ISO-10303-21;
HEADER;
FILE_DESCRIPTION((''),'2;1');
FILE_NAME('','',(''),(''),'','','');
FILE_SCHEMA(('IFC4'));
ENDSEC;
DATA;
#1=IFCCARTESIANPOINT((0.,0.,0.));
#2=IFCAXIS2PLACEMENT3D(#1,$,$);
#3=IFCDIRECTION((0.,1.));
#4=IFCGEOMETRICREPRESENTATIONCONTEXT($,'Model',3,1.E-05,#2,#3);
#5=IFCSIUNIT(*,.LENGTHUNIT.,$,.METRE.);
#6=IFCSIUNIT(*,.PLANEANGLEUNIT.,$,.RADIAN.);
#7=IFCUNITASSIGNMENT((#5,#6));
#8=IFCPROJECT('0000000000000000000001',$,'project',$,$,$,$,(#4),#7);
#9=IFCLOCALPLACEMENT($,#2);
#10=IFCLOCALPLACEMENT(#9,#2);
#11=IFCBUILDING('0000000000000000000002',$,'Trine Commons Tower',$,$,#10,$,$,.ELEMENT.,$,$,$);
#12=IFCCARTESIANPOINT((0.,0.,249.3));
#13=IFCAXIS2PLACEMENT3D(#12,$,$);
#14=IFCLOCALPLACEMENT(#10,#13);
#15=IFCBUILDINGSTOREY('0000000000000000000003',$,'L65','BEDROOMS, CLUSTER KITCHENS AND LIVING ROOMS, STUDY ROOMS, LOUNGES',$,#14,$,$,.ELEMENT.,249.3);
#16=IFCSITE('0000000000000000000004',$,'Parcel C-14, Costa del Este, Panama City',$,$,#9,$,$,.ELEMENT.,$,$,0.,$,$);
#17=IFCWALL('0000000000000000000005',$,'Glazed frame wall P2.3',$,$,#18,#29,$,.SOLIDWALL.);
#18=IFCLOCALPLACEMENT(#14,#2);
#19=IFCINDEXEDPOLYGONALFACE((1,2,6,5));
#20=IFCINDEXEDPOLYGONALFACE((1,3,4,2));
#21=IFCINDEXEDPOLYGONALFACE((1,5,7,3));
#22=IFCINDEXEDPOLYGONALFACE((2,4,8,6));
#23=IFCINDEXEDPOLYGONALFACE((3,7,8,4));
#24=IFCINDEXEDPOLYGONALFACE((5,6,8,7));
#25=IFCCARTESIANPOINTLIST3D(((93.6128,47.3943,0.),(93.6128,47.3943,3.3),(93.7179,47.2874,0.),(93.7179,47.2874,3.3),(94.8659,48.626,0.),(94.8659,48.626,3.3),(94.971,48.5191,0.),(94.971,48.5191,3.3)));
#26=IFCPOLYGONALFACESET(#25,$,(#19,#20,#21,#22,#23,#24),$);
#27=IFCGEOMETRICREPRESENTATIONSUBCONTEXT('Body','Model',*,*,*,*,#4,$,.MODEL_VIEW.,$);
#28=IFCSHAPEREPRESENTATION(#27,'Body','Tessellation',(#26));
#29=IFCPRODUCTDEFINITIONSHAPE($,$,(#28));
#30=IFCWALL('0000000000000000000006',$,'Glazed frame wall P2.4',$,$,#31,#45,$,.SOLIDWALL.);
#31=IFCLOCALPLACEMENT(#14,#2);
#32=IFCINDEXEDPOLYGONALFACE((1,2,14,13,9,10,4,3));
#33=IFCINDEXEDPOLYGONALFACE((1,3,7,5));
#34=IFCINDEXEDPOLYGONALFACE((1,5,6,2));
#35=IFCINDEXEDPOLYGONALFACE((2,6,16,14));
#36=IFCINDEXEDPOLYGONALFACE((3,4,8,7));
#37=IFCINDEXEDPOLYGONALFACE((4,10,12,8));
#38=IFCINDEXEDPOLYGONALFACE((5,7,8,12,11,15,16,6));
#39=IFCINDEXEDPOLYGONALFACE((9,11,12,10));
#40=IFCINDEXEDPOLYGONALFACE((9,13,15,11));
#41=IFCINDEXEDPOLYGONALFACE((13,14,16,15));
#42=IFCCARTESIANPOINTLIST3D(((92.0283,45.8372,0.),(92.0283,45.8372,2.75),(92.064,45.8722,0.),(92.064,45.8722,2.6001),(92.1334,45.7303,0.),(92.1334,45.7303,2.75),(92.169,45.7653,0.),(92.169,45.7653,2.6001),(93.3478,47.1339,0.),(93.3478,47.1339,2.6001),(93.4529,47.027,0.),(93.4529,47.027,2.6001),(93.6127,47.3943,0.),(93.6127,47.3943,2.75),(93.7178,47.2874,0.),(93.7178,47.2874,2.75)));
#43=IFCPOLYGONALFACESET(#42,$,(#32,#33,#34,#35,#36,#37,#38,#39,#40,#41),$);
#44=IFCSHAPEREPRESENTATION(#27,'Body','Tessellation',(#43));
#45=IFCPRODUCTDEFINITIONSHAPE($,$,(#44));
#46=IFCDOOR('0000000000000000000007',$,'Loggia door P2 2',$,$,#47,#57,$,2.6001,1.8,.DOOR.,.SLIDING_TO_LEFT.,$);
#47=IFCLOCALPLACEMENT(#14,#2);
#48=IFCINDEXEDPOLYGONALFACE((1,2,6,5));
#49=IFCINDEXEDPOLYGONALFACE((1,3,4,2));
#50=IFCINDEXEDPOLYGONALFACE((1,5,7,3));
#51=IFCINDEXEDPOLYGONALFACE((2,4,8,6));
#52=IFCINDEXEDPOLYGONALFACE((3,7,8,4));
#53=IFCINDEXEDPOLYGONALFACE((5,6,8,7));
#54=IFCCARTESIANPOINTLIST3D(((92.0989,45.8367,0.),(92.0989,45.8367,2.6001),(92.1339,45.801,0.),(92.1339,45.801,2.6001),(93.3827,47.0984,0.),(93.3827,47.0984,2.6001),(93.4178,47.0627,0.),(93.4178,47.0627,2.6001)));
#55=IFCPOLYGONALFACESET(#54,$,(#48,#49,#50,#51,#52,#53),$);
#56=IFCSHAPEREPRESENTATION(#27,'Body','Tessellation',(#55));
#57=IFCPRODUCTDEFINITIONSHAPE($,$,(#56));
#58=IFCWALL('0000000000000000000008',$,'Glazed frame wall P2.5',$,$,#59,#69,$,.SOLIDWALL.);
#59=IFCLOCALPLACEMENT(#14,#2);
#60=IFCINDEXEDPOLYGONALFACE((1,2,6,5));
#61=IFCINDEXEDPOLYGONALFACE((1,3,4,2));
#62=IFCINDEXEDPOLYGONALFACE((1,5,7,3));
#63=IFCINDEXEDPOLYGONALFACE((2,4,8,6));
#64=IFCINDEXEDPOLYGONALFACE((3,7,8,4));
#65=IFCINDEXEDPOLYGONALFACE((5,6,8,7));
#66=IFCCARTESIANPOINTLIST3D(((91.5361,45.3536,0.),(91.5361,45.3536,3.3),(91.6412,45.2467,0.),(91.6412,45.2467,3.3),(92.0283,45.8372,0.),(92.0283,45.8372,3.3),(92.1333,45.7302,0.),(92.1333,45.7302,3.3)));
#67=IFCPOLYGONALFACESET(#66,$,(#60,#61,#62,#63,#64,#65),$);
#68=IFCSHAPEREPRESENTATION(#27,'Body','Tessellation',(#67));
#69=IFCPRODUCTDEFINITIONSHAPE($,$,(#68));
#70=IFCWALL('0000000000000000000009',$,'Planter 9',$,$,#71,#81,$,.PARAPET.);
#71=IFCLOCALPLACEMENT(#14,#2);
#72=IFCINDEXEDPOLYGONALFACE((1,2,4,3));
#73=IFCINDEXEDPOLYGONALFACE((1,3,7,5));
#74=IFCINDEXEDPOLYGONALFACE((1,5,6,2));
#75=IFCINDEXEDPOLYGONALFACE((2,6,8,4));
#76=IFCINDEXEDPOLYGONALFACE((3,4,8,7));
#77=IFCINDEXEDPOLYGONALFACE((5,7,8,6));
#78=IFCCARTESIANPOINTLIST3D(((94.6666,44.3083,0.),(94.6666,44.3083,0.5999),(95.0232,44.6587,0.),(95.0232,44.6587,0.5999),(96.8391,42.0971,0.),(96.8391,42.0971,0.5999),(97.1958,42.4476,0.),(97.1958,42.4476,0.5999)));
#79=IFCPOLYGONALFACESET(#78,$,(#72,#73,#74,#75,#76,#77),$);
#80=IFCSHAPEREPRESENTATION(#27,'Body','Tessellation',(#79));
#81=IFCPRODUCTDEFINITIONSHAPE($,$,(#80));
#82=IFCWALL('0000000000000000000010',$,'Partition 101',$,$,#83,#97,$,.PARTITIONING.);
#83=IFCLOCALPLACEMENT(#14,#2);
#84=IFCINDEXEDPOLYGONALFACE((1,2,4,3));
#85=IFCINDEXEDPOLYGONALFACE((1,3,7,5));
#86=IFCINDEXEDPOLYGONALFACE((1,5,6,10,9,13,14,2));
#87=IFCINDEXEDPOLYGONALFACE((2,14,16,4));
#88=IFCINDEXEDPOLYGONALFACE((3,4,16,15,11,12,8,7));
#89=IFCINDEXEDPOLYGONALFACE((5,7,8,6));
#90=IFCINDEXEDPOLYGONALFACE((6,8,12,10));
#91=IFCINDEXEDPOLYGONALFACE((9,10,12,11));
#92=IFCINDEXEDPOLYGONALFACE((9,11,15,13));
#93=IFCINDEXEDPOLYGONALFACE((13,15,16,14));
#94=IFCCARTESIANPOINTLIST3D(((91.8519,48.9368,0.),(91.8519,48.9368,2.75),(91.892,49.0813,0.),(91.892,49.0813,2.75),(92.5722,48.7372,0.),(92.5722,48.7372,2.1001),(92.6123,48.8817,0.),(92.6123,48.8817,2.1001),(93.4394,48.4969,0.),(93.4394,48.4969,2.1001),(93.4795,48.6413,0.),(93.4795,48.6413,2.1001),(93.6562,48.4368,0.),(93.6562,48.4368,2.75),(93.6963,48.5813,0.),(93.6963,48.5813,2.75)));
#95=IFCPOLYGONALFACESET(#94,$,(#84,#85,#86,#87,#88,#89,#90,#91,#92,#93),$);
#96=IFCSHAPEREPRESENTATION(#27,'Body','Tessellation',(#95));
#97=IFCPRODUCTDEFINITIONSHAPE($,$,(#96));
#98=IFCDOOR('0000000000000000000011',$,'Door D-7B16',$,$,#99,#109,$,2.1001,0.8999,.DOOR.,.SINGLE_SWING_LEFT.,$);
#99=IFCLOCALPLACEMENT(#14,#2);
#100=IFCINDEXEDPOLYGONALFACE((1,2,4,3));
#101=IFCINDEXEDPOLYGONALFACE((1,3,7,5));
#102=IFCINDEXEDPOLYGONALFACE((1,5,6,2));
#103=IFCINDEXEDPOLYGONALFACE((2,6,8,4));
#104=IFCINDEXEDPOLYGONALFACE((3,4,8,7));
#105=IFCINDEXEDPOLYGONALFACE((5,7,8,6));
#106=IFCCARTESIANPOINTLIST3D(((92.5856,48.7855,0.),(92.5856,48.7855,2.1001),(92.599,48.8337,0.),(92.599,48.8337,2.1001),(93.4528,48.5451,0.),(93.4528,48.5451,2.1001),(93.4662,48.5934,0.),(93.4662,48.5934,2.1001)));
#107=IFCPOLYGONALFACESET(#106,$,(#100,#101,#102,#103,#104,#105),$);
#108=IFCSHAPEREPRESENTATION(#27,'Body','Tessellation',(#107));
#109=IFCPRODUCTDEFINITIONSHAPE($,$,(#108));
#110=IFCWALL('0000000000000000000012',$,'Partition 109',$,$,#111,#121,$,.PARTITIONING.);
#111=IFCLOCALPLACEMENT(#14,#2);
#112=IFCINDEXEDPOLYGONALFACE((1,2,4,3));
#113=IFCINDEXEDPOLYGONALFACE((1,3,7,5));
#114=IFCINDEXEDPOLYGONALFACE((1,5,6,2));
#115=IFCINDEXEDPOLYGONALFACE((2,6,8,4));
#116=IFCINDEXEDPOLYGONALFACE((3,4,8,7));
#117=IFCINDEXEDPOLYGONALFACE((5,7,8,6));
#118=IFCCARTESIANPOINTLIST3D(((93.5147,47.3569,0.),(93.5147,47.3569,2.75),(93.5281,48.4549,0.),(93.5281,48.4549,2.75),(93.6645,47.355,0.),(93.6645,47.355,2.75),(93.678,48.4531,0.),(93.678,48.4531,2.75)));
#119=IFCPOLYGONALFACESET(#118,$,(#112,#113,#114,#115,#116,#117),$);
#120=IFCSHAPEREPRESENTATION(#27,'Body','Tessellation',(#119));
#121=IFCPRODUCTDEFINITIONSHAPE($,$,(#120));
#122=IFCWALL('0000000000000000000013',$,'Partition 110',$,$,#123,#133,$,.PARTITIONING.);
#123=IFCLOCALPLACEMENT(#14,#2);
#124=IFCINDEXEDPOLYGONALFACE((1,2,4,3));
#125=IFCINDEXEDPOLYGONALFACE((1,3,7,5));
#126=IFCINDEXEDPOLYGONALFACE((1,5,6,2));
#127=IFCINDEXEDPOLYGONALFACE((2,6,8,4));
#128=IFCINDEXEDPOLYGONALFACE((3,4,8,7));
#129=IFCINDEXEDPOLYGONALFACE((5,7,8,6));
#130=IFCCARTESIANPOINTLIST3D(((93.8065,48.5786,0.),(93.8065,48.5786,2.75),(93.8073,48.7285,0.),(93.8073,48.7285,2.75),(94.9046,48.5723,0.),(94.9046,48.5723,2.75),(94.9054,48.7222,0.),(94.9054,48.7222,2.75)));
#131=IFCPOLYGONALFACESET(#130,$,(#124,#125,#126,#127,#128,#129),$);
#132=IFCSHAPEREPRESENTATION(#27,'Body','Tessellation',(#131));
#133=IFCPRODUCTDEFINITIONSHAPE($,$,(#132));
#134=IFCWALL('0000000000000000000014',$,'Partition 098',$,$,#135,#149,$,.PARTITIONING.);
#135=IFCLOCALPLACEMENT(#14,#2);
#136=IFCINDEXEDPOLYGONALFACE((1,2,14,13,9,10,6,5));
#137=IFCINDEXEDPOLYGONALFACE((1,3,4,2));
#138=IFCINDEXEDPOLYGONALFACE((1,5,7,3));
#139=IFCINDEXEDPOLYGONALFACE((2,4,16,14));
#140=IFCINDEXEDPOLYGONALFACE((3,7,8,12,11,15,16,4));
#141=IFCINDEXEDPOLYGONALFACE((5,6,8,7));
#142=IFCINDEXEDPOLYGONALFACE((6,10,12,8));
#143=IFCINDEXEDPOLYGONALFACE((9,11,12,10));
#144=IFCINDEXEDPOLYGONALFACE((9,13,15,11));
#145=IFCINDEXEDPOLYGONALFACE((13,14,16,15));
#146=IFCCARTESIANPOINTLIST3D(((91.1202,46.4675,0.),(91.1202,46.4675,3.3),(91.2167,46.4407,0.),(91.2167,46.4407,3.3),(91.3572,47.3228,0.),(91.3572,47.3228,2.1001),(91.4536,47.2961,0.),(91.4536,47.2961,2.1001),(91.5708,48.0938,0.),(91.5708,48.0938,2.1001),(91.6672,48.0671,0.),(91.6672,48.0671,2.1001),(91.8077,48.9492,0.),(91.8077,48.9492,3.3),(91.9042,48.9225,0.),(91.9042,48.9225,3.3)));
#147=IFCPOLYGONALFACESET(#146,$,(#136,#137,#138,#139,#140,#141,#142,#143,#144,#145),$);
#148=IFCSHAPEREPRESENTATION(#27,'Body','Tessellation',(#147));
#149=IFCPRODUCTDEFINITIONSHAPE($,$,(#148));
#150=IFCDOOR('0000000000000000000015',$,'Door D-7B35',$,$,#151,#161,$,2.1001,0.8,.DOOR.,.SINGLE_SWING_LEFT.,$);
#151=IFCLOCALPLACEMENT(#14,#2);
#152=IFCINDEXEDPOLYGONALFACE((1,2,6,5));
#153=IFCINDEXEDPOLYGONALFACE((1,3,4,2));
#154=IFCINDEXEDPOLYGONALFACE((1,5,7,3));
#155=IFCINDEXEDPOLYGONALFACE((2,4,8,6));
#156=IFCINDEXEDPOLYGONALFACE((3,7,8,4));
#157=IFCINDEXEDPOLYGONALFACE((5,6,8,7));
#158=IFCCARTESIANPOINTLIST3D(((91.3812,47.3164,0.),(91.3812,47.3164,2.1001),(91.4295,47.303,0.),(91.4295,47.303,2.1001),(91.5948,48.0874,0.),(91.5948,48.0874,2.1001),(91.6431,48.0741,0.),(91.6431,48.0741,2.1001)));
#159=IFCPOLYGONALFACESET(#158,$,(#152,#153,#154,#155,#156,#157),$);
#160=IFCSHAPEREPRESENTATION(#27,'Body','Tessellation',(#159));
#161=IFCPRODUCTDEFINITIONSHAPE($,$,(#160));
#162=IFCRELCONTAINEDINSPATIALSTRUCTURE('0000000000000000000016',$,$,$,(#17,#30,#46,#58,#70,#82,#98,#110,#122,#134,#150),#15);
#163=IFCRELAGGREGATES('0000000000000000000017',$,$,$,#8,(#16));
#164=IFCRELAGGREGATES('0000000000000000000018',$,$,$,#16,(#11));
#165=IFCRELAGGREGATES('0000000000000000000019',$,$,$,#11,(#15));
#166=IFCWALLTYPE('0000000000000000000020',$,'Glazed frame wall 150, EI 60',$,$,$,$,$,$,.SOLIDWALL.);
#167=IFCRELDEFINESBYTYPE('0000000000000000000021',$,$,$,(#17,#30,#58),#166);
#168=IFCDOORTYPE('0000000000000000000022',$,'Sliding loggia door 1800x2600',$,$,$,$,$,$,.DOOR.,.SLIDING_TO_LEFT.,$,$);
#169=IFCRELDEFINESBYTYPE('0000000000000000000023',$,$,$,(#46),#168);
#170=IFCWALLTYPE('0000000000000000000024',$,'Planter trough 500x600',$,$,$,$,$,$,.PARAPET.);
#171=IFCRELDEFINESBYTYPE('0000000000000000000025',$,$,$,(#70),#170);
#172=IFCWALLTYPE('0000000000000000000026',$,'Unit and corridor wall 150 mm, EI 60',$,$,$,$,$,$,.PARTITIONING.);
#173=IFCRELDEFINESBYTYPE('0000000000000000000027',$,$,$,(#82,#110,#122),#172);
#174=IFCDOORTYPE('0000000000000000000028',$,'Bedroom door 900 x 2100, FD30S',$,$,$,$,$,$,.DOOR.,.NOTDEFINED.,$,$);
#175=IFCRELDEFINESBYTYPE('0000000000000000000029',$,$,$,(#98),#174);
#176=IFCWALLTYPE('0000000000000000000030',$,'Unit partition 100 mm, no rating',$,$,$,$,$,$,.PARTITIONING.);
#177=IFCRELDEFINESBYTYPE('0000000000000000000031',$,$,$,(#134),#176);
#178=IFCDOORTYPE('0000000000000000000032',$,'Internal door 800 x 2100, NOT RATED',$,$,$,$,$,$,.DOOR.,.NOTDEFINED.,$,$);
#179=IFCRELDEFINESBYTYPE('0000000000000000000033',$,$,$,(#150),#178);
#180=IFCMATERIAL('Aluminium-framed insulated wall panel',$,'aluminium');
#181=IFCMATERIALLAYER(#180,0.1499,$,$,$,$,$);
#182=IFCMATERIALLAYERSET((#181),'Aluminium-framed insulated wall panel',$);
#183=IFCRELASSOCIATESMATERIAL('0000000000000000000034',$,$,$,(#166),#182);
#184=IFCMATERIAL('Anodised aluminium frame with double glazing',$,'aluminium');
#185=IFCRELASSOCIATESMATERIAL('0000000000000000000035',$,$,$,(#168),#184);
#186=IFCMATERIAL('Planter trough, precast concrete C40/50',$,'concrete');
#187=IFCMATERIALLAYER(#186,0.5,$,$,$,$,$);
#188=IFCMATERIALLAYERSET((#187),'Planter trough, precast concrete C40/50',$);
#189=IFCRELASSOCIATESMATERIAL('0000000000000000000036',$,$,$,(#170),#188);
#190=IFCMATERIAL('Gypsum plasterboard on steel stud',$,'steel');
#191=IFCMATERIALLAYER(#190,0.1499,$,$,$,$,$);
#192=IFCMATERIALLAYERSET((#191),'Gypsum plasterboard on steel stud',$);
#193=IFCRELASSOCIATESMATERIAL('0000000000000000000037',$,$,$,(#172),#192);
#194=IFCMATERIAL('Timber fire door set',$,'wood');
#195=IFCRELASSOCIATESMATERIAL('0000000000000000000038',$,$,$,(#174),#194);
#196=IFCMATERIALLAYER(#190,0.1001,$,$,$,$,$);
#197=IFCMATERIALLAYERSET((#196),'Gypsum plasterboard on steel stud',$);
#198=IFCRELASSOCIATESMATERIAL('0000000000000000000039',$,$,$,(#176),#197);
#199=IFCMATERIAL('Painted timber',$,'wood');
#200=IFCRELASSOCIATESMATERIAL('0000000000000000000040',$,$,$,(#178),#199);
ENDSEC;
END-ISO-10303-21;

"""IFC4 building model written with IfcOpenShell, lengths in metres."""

from ifc_helpers import new_model, si_unit, direction, frame, frame_2d, origin, place, context, subcontext, project, spatial, polyline, rectangle, outline, extrude, material, layer, layer_set, type_object, element, fill, save


model = new_model("IFC4")

# Units and contexts
model_context = context("Model", 3, precision=1e-05, world=origin(), true_north=direction((0.0, 1.0)))
body_context = subcontext(model_context, "Body", "Model", "MODEL_VIEW")
ifc_project = project(units=[si_unit("LENGTHUNIT", "METRE"), si_unit("PLANEANGLEUNIT", "RADIAN")], contexts=[model_context])

# Site, building, storey
site_placement = place(None, origin())
site = spatial("IfcSite", under=ifc_project, at=site_placement, Name="Parcel C-14, Costa del Este, Panama City", CompositionType="ELEMENT", RefElevation=0.0)
building_placement = place(site_placement, origin())
building = spatial("IfcBuilding", under=site, at=building_placement, Name="Trine Commons Tower", CompositionType="ELEMENT")
storey_placement = place(building_placement, frame((0.0, 0.0, 249.3)))
storey = spatial("IfcBuildingStorey", under=building, at=storey_placement, Name="L65", Description="BEDROOMS, CLUSTER KITCHENS AND LIVING ROOMS, STUDY ROOMS, LOUNGES", CompositionType="ELEMENT", Elevation=249.3)

# Wall
ifc_material_1 = material(Name="Aluminium-framed insulated wall panel", Category="aluminium")
ifc_layer_1 = layer(ifc_material_1, 0.1499)
ifc_layer_set_1 = layer_set([ifc_layer_1], Name="Aluminium-framed insulated wall panel")
wall_type_1 = type_object("IfcWallType", Name="Glazed frame wall 150, EI 60", PredefinedType="SOLIDWALL", material=ifc_layer_set_1)
wall_1_placement = place(storey_placement, frame((94.9185, 48.5725, 0.0), z_axis=(0.0, 0.0, 1.0), x_axis=(-0.713194, -0.700967, 0.0)))
element("IfcWall", 1, at=wall_1_placement, inside=storey, type_object=wall_type_1, Name="Glazed frame wall P2.3", PredefinedType="SOLIDWALL", context=body_context, shape_type="SweptSolid", body=[
    extrude(outline(polyline([(0.0, -0.075), (1.7571, -0.075), (1.7571, 0.075), (0.0, 0.075), (0.0, -0.075)])), origin(), (0.0, 0.0, 1.0), 3.3),
])

# Wall, opening, door
wall_2_placement = place(storey_placement, frame((93.6653, 47.3408, 0.0), z_axis=(0.0, 0.0, 1.0), x_axis=(-0.713234, -0.700926, 0.0)))
wall_2 = element("IfcWall", 2, at=wall_2_placement, inside=storey, type_object=wall_type_1, Name="Glazed frame wall P2.4", PredefinedType="SOLIDWALL", context=body_context, shape_type="SweptSolid", body=[
    extrude(outline(polyline([(0.0, -0.075), (2.2214, -0.075), (2.2214, 0.075), (0.0, 0.075), (0.0, -0.075)])), origin(), (0.0, 0.0, 1.0), 2.75),
])
opening_1_placement = place(wall_2_placement, frame((0.3716, 0.0, 0.0)))
opening_1 = element("IfcOpeningElement", 3, at=opening_1_placement, cuts=wall_2, PredefinedType="OPENING", context=body_context, shape_type="SweptSolid", body=[
    extrude(rectangle(XDim=1.8, YDim=2.6001, at=frame_2d((0.8999, 1.3))), frame((0.0, 0.085, 0.0), z_axis=(0.0, -1.0, 0.0), x_axis=(1.0, 0.0, 0.0)), (0.0, 0.0, 1.0), 0.1699),
])
ifc_material_2 = material(Name="Anodised aluminium frame with double glazing", Category="aluminium")
door_type_1 = type_object("IfcDoorType", Name="Sliding loggia door 1800x2600", OperationType="SLIDING_TO_LEFT", PredefinedType="DOOR", material=ifc_material_2)
door_1_placement = place(opening_1_placement, origin())
door_1 = element("IfcDoor", 4, at=door_1_placement, inside=storey, type_object=door_type_1, Name="Loggia door P2 2", OperationType="SLIDING_TO_LEFT", OverallHeight=2.6001, OverallWidth=1.8, PredefinedType="DOOR", context=body_context, shape_type="SweptSolid", body=[
    extrude(rectangle(XDim=1.8, YDim=2.6001, at=frame_2d((0.8999, 1.3))), frame((0.0, 0.0249, 0.0), z_axis=(0.0, -1.0, 0.0), x_axis=(1.0, 0.0, 0.0)), (0.0, 0.0, 1.0), 0.05),
])
fill(opening_1, door_1)

# Wall
wall_3_placement = place(storey_placement, frame((92.0808, 45.7837, 0.0), z_axis=(0.0, 0.0, 1.0), x_axis=(-0.713334, -0.700824, 0.0)))
element("IfcWall", 5, at=wall_3_placement, inside=storey, type_object=wall_type_1, Name="Glazed frame wall P2.5", PredefinedType="SOLIDWALL", context=body_context, shape_type="SweptSolid", body=[
    extrude(outline(polyline([(0.6899, 0.075), (0.0, 0.075), (0.0, -0.075), (0.6899, -0.075), (0.6899, 0.075)])), origin(), (0.0, 0.0, 1.0), 3.3),
])

# Wall
ifc_material_3 = material(Name="Planter trough, precast concrete C40/50", Category="concrete")
ifc_layer_2 = layer(ifc_material_3, 0.5)
ifc_layer_set_2 = layer_set([ifc_layer_2], Name="Planter trough, precast concrete C40/50")
wall_type_2 = type_object("IfcWallType", Name="Planter trough 500x600", PredefinedType="PARAPET", material=ifc_layer_set_2)
wall_4_placement = place(storey_placement, frame((94.845, 44.4834, 0.0), z_axis=(0.0, 0.0, 1.0), x_axis=(0.700858, -0.713301, 0.0)))
element("IfcWall", 6, at=wall_4_placement, inside=storey, type_object=wall_type_2, Name="Planter 9", PredefinedType="PARAPET", context=body_context, shape_type="SweptSolid", body=[
    extrude(rectangle(XDim=3.0999, YDim=0.5, at=frame_2d((1.5498, 0.0))), origin(), (0.0, 0.0, 1.0), 0.5999),
])

# Wall, opening, door
ifc_material_4 = material(Name="Gypsum plasterboard on steel stud", Category="steel")
ifc_layer_3 = layer(ifc_material_4, 0.1499)
ifc_layer_set_3 = layer_set([ifc_layer_3], Name="Gypsum plasterboard on steel stud")
wall_type_3 = type_object("IfcWallType", Name="Unit and corridor wall 150 mm, EI 60", PredefinedType="PARTITIONING", material=ifc_layer_set_3)
wall_5_placement = place(storey_placement, frame((91.8721, 49.009, 0.0), z_axis=(0.0, 0.0, 1.0), x_axis=(0.963678, -0.267065, 0.0)))
wall_5 = element("IfcWall", 7, at=wall_5_placement, inside=storey, type_object=wall_type_3, Name="Partition 101", PredefinedType="PARTITIONING", context=body_context, shape_type="SweptSolid", body=[
    extrude(rectangle(XDim=1.8723, YDim=0.1499, at=frame_2d((0.936, 0.0))), origin(), (0.0, 0.0, 1.0), 2.75),
])
opening_2_placement = place(wall_5_placement, frame((0.7473, 0.0, 0.0)))
opening_2 = element("IfcOpeningElement", 8, at=opening_2_placement, cuts=wall_5, PredefinedType="OPENING", context=body_context, shape_type="SweptSolid", body=[
    extrude(rectangle(XDim=0.8999, YDim=2.1001, at=frame_2d((0.45, 1.05))), frame((0.0, 0.085, 0.0), z_axis=(0.0, -1.0, 0.0), x_axis=(1.0, 0.0, 0.0)), (0.0, 0.0, 1.0), 0.1699),
])
ifc_material_5 = material(Name="Timber fire door set", Category="wood")
door_type_2 = type_object("IfcDoorType", Name="Bedroom door 900 x 2100, FD30S", OperationType="NOTDEFINED", PredefinedType="DOOR", material=ifc_material_5)
door_2_placement = place(opening_2_placement, frame((0.8999, 0.0, 0.0), z_axis=(0.0, 0.0, 1.0), x_axis=(-1.0, 0.0, 0.0)))
door_2 = element("IfcDoor", 9, at=door_2_placement, inside=storey, type_object=door_type_2, Name="Door D-7B16", OperationType="SINGLE_SWING_LEFT", OverallHeight=2.1001, OverallWidth=0.8999, PredefinedType="DOOR", context=body_context, shape_type="SweptSolid", body=[
    extrude(rectangle(XDim=0.8999, YDim=2.1001, at=frame_2d((0.45, 1.05))), frame((0.0, 0.0249, 0.0), z_axis=(0.0, -1.0, 0.0), x_axis=(1.0, 0.0, 0.0)), (0.0, 0.0, 1.0), 0.05),
])
fill(opening_2, door_2)

# Walls
for number, where, z_axis, x_axis, name in (
    (10, (93.5896, 47.356, 0.0), (0.0, 0.0, 1.0), (0.012227, 0.999925, 0.0), "Partition 109"),
    (11, (93.8069, 48.6536, 0.0), (0.0, 0.0, 1.0), (0.999983, -0.00578, 0.0), "Partition 110"),
):
    element("IfcWall", number, at=place(storey_placement, frame(where, z_axis=z_axis, x_axis=x_axis)), inside=storey, type_object=wall_type_3, Name=name, PredefinedType="PARTITIONING", context=body_context, shape_type="SweptSolid", body=[
        extrude(rectangle(XDim=1.0981, YDim=0.1499, at=frame_2d((0.5491, 0.0))), origin(), (0.0, 0.0, 1.0), 2.75),
    ])

# Wall, opening, door
ifc_layer_4 = layer(ifc_material_4, 0.1001)
ifc_layer_set_4 = layer_set([ifc_layer_4], Name="Gypsum plasterboard on steel stud")
wall_type_4 = type_object("IfcWallType", Name="Unit partition 100 mm, no rating", PredefinedType="PARTITIONING", material=ifc_layer_set_4)
wall_6_placement = place(storey_placement, frame((91.1685, 46.4541, 0.0), z_axis=(0.0, 0.0, 1.0), x_axis=(0.266974, 0.963704, 0.0)))
wall_6 = element("IfcWall", 12, at=wall_6_placement, inside=storey, type_object=wall_type_4, Name="Partition 098", PredefinedType="PARTITIONING", context=body_context, shape_type="SweptSolid", body=[
    extrude(rectangle(XDim=2.5752, YDim=0.1001, at=frame_2d((1.2876, 0.0))), origin(), (0.0, 0.0, 1.0), 3.3),
])
opening_3_placement = place(wall_6_placement, frame((0.8877, 0.0, 0.0)))
opening_3 = element("IfcOpeningElement", 13, at=opening_3_placement, cuts=wall_6, PredefinedType="OPENING", context=body_context, shape_type="SweptSolid", body=[
    extrude(rectangle(XDim=0.8, YDim=2.1001, at=frame_2d((0.3999, 1.05))), frame((0.0, 0.0601, 0.0), z_axis=(0.0, -1.0, 0.0), x_axis=(1.0, 0.0, 0.0)), (0.0, 0.0, 1.0), 0.1201),
])
ifc_material_6 = material(Name="Painted timber", Category="wood")
door_type_3 = type_object("IfcDoorType", Name="Internal door 800 x 2100, NOT RATED", OperationType="NOTDEFINED", PredefinedType="DOOR", material=ifc_material_6)
door_3_placement = place(opening_3_placement, frame((0.8, 0.0, 0.0), z_axis=(0.0, 0.0, 1.0), x_axis=(-1.0, 0.0, 0.0)))
door_3 = element("IfcDoor", 14, at=door_3_placement, inside=storey, type_object=door_type_3, Name="Door D-7B35", OperationType="SINGLE_SWING_LEFT", OverallHeight=2.1001, OverallWidth=0.8, PredefinedType="DOOR", context=body_context, shape_type="SweptSolid", body=[
    extrude(rectangle(XDim=0.8, YDim=2.1001, at=frame_2d((0.3999, 1.05))), frame((0.0, 0.0249, 0.0), z_axis=(0.0, -1.0, 0.0), x_axis=(1.0, 0.0, 0.0)), (0.0, 0.0, 1.0), 0.05),
])
fill(opening_3, door_3)

save(model, "model.ifc")
